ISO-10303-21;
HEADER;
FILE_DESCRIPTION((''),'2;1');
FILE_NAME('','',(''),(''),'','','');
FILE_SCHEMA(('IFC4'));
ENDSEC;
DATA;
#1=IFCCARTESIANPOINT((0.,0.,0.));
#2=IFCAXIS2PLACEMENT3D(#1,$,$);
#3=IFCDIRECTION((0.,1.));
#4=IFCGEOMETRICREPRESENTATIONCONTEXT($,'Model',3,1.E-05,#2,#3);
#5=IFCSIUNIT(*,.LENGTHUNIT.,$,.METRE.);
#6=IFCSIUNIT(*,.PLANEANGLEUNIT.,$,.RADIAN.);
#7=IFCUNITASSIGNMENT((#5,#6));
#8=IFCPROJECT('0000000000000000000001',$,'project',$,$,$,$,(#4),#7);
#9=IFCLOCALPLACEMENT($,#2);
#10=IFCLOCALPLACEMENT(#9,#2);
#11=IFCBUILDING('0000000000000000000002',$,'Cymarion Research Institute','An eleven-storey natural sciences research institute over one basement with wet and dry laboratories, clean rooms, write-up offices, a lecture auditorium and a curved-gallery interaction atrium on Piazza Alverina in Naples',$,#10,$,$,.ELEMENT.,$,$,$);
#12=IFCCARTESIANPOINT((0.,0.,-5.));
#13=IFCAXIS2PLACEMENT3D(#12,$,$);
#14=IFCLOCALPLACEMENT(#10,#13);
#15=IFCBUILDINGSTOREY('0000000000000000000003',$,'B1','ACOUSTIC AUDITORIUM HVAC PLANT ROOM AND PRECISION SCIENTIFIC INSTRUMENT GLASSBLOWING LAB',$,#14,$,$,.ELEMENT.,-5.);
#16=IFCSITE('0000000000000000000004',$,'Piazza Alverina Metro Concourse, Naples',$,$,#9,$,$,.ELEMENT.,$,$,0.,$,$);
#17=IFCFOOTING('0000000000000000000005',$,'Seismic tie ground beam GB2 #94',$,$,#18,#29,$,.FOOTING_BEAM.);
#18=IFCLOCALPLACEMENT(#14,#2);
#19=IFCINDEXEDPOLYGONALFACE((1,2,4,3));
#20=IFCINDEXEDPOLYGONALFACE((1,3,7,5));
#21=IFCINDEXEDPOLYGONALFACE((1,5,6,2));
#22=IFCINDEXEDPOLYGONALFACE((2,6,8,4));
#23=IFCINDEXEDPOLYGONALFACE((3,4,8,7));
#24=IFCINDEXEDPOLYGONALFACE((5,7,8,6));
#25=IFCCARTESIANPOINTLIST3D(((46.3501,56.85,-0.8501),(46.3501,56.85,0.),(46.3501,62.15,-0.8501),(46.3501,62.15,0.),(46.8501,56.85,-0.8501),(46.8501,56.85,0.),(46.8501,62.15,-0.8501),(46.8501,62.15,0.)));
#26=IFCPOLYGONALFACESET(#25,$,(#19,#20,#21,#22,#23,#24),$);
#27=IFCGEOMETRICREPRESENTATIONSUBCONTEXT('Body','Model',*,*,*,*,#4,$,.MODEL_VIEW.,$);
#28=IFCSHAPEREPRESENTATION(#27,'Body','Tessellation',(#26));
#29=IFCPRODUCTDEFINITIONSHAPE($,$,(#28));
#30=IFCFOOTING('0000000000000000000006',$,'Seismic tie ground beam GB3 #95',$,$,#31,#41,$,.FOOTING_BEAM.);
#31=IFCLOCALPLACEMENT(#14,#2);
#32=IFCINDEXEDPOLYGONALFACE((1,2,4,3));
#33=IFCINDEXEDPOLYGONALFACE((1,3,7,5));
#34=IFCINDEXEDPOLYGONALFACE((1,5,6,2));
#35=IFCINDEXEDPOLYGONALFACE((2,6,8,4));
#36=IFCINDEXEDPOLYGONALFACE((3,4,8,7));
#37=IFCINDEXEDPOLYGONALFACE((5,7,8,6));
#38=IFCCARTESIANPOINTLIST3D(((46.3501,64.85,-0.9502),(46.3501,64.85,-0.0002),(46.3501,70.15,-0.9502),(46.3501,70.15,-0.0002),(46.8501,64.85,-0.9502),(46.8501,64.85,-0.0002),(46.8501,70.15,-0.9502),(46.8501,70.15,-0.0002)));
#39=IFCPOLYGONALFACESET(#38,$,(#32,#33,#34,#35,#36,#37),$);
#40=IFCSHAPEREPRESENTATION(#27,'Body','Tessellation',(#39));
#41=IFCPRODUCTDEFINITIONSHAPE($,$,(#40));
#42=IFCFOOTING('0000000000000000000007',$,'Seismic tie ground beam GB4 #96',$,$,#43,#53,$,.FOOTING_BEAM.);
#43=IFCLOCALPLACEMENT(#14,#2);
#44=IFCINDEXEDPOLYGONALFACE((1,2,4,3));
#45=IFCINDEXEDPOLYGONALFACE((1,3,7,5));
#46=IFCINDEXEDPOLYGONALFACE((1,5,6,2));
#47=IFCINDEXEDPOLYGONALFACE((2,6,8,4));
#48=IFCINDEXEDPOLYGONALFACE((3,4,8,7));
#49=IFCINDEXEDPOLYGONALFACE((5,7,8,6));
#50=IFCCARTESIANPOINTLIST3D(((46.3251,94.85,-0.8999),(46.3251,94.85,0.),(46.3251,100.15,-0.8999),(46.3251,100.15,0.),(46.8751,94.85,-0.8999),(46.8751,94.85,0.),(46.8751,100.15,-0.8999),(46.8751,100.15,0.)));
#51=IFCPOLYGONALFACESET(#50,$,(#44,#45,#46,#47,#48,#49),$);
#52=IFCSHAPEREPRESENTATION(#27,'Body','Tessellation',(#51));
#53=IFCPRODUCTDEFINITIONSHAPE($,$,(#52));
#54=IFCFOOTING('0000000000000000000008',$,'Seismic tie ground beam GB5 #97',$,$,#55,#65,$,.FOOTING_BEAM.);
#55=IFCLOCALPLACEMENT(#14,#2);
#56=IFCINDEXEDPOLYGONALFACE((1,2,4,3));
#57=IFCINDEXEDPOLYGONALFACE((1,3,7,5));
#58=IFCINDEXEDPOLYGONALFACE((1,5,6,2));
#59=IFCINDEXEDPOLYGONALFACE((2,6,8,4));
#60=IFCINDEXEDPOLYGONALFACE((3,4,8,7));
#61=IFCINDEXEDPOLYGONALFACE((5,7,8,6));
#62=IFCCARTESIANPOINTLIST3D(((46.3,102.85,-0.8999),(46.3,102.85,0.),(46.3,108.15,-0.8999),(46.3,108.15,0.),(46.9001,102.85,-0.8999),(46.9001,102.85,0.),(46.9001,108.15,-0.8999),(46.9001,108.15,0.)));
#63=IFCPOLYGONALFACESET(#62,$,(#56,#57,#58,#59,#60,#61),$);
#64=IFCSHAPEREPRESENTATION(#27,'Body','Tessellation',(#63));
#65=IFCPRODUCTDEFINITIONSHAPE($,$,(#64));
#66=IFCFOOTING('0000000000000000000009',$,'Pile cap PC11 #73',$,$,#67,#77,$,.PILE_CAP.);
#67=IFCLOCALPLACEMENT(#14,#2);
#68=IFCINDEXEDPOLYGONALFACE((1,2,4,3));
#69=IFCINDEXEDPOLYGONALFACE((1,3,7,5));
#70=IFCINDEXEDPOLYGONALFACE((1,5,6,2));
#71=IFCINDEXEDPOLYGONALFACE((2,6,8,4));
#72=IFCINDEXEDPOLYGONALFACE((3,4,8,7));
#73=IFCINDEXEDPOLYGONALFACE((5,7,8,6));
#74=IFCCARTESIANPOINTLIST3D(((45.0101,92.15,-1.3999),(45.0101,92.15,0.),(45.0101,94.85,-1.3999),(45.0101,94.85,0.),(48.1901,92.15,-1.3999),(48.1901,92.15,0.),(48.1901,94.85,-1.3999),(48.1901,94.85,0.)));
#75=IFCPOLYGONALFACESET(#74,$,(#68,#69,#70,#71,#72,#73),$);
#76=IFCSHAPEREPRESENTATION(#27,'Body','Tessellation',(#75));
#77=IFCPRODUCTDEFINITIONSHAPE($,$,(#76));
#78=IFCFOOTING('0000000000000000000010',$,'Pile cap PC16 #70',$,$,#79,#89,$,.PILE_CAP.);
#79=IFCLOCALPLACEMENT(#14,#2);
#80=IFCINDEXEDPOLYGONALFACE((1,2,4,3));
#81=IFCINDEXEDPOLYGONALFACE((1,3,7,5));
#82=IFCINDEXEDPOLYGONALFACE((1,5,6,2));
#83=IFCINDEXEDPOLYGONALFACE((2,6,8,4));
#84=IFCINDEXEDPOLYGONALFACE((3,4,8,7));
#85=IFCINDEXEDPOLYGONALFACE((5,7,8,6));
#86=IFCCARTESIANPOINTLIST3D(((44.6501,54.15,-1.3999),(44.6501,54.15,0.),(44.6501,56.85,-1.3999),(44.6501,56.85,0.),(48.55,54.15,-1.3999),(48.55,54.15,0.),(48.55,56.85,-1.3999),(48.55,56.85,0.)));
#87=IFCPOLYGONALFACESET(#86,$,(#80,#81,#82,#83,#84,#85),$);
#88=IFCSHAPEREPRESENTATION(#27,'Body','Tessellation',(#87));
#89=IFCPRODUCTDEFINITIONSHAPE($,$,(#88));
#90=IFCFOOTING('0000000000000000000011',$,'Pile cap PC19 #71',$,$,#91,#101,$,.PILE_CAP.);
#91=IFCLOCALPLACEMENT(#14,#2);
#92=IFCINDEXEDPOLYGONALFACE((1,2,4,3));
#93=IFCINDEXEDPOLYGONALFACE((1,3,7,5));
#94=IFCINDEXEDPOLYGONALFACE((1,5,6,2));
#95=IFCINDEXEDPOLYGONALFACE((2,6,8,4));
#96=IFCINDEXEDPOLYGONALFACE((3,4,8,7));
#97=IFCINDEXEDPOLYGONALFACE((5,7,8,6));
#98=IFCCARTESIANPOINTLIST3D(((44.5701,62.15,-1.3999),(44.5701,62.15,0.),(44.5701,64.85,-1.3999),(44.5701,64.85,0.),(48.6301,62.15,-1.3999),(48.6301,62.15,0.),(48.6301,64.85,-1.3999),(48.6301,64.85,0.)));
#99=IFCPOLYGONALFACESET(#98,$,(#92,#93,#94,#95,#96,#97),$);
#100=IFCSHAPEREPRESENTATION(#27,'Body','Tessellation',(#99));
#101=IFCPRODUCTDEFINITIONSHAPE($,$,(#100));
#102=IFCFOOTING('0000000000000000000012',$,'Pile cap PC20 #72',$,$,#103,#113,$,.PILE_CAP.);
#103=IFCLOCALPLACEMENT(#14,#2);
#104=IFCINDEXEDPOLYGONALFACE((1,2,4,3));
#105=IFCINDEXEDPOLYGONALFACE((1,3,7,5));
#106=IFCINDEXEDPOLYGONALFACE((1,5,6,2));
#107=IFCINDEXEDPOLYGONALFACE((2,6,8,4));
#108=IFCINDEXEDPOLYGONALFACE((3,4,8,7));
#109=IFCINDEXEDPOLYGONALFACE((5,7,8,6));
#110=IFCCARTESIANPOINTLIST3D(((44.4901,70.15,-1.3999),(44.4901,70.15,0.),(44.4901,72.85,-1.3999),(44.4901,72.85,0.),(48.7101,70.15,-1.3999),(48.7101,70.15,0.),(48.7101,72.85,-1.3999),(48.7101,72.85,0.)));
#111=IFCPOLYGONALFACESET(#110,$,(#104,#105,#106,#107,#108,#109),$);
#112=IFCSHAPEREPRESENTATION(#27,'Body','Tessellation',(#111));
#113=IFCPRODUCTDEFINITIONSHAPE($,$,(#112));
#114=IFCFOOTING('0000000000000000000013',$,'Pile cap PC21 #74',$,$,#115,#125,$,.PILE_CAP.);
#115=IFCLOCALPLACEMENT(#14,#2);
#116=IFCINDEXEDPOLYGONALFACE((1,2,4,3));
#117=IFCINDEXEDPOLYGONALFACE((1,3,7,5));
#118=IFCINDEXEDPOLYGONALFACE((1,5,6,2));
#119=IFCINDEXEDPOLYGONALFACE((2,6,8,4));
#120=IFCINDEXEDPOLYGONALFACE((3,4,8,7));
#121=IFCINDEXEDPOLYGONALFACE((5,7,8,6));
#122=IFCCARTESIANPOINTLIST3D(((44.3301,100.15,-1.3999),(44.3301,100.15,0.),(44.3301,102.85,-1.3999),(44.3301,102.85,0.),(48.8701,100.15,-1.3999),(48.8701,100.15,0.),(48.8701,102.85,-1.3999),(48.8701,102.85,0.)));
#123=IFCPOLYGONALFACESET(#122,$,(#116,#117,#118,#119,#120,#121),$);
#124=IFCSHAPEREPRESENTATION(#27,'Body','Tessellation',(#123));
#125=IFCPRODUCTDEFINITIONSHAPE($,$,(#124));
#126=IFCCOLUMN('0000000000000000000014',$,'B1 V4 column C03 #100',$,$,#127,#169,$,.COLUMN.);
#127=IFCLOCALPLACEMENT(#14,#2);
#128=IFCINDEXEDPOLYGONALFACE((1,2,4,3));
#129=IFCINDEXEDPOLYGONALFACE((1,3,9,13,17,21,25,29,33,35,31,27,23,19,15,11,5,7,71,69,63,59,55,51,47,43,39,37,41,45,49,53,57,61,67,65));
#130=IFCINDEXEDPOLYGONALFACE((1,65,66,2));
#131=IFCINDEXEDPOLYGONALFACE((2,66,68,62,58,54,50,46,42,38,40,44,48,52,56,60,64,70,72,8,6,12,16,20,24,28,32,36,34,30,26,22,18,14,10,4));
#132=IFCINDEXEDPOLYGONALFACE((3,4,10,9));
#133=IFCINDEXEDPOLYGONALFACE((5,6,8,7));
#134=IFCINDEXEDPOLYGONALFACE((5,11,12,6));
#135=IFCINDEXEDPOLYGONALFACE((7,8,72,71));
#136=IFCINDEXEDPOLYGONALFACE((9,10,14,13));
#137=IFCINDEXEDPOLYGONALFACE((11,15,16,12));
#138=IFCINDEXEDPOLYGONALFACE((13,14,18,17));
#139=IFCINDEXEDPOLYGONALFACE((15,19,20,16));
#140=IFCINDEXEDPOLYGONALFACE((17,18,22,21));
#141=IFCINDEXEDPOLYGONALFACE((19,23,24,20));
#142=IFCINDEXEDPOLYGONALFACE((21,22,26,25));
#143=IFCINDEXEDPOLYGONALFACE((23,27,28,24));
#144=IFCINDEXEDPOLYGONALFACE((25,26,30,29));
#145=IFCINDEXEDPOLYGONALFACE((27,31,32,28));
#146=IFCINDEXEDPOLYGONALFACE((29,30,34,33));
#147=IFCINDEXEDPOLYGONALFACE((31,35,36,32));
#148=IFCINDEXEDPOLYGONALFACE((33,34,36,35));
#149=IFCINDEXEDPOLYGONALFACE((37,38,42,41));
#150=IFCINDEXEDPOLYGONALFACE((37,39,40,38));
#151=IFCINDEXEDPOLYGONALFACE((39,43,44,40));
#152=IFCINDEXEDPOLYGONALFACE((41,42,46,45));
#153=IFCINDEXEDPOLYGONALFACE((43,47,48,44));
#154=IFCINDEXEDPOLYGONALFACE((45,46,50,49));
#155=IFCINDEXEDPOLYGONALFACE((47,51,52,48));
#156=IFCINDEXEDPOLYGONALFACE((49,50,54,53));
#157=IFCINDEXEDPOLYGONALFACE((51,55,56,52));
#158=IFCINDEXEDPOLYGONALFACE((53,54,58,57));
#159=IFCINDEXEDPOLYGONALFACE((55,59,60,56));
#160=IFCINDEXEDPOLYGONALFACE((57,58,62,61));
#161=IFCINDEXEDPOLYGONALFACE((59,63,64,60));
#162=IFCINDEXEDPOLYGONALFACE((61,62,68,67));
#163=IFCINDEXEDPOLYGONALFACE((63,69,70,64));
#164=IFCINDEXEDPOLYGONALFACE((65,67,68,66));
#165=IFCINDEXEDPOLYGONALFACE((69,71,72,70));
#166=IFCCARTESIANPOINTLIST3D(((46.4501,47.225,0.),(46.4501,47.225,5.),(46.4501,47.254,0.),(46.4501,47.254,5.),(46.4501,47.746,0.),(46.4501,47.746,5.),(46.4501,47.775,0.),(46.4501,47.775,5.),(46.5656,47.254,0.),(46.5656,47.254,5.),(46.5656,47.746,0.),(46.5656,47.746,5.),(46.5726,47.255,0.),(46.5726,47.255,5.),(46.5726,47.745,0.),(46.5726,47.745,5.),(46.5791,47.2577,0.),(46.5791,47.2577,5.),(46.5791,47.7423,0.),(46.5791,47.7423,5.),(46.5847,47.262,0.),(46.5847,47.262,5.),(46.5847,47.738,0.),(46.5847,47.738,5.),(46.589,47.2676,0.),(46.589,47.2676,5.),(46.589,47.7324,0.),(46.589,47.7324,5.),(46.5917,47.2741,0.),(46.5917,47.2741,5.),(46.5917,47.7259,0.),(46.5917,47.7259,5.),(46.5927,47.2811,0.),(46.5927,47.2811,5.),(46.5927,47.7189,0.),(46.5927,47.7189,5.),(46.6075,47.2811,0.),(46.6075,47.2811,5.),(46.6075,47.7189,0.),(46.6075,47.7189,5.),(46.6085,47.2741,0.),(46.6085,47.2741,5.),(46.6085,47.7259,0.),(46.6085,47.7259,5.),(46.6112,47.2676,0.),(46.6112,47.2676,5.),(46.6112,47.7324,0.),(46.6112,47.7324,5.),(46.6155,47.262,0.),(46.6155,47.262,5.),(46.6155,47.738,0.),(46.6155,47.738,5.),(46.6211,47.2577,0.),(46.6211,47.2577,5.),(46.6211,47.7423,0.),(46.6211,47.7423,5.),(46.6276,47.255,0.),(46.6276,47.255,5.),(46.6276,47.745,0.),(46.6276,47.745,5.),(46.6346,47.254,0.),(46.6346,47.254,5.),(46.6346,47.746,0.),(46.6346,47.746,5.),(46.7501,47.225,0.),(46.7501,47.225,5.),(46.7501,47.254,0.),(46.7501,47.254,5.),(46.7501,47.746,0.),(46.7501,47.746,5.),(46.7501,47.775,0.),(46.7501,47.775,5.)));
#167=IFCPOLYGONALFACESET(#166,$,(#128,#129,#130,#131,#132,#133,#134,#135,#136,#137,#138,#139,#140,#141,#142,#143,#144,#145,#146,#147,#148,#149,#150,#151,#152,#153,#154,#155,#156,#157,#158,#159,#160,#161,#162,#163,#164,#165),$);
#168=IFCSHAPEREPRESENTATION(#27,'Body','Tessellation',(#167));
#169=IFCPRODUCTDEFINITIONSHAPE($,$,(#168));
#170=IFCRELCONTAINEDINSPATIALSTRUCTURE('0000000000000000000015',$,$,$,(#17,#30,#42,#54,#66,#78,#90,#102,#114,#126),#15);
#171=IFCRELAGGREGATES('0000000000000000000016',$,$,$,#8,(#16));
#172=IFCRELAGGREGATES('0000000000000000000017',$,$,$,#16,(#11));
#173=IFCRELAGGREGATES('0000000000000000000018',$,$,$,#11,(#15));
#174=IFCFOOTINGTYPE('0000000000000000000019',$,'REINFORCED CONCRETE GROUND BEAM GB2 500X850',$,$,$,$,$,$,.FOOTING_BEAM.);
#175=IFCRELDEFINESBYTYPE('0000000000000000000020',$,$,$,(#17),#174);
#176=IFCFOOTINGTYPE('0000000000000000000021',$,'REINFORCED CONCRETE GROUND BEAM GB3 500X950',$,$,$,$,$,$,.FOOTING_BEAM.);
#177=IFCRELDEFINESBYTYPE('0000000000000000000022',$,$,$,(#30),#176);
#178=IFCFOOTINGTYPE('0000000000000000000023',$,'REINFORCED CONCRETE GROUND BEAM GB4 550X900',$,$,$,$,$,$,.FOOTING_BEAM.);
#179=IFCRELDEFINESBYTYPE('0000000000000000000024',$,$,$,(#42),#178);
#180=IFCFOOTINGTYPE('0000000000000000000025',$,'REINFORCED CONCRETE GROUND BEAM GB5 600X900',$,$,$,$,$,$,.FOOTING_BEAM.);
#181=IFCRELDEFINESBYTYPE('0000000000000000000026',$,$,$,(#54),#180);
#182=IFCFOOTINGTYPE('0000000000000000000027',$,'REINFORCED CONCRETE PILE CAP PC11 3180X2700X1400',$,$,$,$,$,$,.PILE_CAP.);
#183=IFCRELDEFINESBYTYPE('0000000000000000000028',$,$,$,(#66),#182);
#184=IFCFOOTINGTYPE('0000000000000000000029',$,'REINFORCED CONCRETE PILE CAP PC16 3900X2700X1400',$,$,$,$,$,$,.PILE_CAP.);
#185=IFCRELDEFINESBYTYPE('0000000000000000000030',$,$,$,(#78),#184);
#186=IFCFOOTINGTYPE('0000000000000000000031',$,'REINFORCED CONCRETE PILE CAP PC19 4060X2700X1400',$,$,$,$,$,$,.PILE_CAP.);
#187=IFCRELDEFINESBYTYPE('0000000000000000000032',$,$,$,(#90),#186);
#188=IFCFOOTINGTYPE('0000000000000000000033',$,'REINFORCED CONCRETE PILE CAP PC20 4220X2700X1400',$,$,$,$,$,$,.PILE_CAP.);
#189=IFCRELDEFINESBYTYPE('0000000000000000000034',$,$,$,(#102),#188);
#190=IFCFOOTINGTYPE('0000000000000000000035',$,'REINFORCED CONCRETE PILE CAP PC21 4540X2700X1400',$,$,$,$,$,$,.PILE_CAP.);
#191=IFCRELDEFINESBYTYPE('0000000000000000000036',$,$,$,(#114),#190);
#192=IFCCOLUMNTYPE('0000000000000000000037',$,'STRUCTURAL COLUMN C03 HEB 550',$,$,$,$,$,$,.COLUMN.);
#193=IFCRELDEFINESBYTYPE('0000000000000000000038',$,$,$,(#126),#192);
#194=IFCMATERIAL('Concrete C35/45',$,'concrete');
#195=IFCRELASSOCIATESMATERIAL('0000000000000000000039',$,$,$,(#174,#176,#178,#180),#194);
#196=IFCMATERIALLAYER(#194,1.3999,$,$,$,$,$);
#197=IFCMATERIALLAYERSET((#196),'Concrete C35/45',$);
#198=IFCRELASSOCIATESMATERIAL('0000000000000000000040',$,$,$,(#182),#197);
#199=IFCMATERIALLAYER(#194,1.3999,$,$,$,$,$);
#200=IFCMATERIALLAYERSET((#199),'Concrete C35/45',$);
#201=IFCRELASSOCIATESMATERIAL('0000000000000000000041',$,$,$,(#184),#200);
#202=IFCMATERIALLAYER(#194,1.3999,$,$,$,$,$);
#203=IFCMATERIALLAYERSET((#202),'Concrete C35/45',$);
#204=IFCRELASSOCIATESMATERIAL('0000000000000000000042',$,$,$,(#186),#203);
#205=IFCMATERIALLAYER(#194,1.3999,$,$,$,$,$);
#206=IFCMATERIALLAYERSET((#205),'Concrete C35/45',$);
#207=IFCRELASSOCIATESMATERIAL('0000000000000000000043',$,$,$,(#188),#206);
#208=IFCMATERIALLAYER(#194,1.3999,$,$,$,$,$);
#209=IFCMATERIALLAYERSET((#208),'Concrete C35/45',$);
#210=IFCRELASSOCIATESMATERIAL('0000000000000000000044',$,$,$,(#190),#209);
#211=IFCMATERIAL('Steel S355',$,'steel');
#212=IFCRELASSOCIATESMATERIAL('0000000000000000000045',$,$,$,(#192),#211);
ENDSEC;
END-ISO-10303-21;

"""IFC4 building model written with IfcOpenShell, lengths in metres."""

from ifc_helpers import new_model, si_unit, direction, frame, origin, origin_2d, place, context, subcontext, project, spatial, rectangle, i_section, extrude, material, layer, layer_set, material_profile, profile_set, type_object, element, save


model = new_model("IFC4")

# Units and contexts
model_context = context("Model", 3, precision=1e-05, world=origin(), true_north=direction((0.0, 1.0)))
body_context = subcontext(model_context, "Body", "Model", "MODEL_VIEW")
ifc_project = project(units=[si_unit("LENGTHUNIT", "METRE"), si_unit("PLANEANGLEUNIT", "RADIAN")], contexts=[model_context])

# Site, building, storey
site_placement = place(None, origin())
site = spatial("IfcSite", under=ifc_project, at=site_placement, Name="Piazza Alverina Metro Concourse, Naples", CompositionType="ELEMENT", RefElevation=0.0)
building_placement = place(site_placement, origin())
building = spatial("IfcBuilding", under=site, at=building_placement, Name="Cymarion Research Institute", Description="An eleven-storey natural sciences research institute over one basement with wet and dry laboratories, clean rooms, write-up offices, a lecture auditorium and a curved-gallery interaction atrium on Piazza Alverina in Naples", CompositionType="ELEMENT")
storey_placement = place(building_placement, frame((0.0, 0.0, -5.0)))
storey = spatial("IfcBuildingStorey", under=building, at=storey_placement, Name="B1", Description="ACOUSTIC AUDITORIUM HVAC PLANT ROOM AND PRECISION SCIENTIFIC INSTRUMENT GLASSBLOWING LAB", CompositionType="ELEMENT", Elevation=-5.0)

# Shared definitions
ifc_material_1 = material(Name="Concrete C35/45", Category="concrete")

# Footings
footing_type_1 = type_object("IfcFootingType", Name="REINFORCED CONCRETE GROUND BEAM GB2 500X850", PredefinedType="FOOTING_BEAM", material=ifc_material_1)
footing_1_placement = place(storey_placement, frame((46.6001, 59.5, -0.8501), z_axis=(0.0, 0.0, 1.0), x_axis=(0.0, 1.0, 0.0)))
element("IfcFooting", 1, at=footing_1_placement, inside=storey, type_object=footing_type_1, Name="Seismic tie ground beam GB2 #94", PredefinedType="FOOTING_BEAM", context=body_context, shape_type="SweptSolid", body=[
    extrude(rectangle(XDim=5.3, YDim=0.5, at=origin_2d()), origin(), (0.0, 0.0, 1.0), 0.8501),
])
footing_type_2 = type_object("IfcFootingType", Name="REINFORCED CONCRETE GROUND BEAM GB3 500X950", PredefinedType="FOOTING_BEAM", material=ifc_material_1)
footing_2_placement = place(storey_placement, frame((46.6001, 67.5, -0.9502), z_axis=(0.0, 0.0, 1.0), x_axis=(0.0, 1.0, 0.0)))
element("IfcFooting", 2, at=footing_2_placement, inside=storey, type_object=footing_type_2, Name="Seismic tie ground beam GB3 #95", PredefinedType="FOOTING_BEAM", context=body_context, shape_type="SweptSolid", body=[
    extrude(rectangle(XDim=5.3, YDim=0.5, at=origin_2d()), origin(), (0.0, 0.0, 1.0), 0.95),
])
footing_type_3 = type_object("IfcFootingType", Name="REINFORCED CONCRETE GROUND BEAM GB4 550X900", PredefinedType="FOOTING_BEAM", material=ifc_material_1)
footing_3_placement = place(storey_placement, frame((46.6001, 97.5, -0.8999), z_axis=(0.0, 0.0, 1.0), x_axis=(0.0, 1.0, 0.0)))
element("IfcFooting", 3, at=footing_3_placement, inside=storey, type_object=footing_type_3, Name="Seismic tie ground beam GB4 #96", PredefinedType="FOOTING_BEAM", context=body_context, shape_type="SweptSolid", body=[
    extrude(rectangle(XDim=5.3, YDim=0.55, at=origin_2d()), origin(), (0.0, 0.0, 1.0), 0.8999),
])
footing_type_4 = type_object("IfcFootingType", Name="REINFORCED CONCRETE GROUND BEAM GB5 600X900", PredefinedType="FOOTING_BEAM", material=ifc_material_1)
footing_4_placement = place(storey_placement, frame((46.6001, 105.5, -0.8999), z_axis=(0.0, 0.0, 1.0), x_axis=(0.0, 1.0, 0.0)))
element("IfcFooting", 4, at=footing_4_placement, inside=storey, type_object=footing_type_4, Name="Seismic tie ground beam GB5 #97", PredefinedType="FOOTING_BEAM", context=body_context, shape_type="SweptSolid", body=[
    extrude(rectangle(XDim=5.3, YDim=0.6001, at=origin_2d()), origin(), (0.0, 0.0, 1.0), 0.8999),
])
ifc_layer_1 = layer(ifc_material_1, 1.3999)
ifc_layer_set_1 = layer_set([ifc_layer_1], Name="Concrete C35/45")
footing_type_5 = type_object("IfcFootingType", Name="REINFORCED CONCRETE PILE CAP PC11 3180X2700X1400", PredefinedType="PILE_CAP", material=ifc_layer_set_1)
footing_5_placement = place(storey_placement, frame((46.6001, 93.5, -1.3999), z_axis=(0.0, 0.0, 1.0), x_axis=(1.0, 0.0, 0.0)))
element("IfcFooting", 5, at=footing_5_placement, inside=storey, type_object=footing_type_5, Name="Pile cap PC11 #73", PredefinedType="PILE_CAP", context=body_context, shape_type="SweptSolid", body=[
    extrude(rectangle(XDim=3.1799, YDim=2.7, at=origin_2d()), origin(), (0.0, 0.0, 1.0), 1.3999),
])
ifc_layer_2 = layer(ifc_material_1, 1.3999)
ifc_layer_set_2 = layer_set([ifc_layer_2], Name="Concrete C35/45")
footing_type_6 = type_object("IfcFootingType", Name="REINFORCED CONCRETE PILE CAP PC16 3900X2700X1400", PredefinedType="PILE_CAP", material=ifc_layer_set_2)
footing_6_placement = place(storey_placement, frame((46.6001, 55.5, -1.3999), z_axis=(0.0, 0.0, 1.0), x_axis=(1.0, 0.0, 0.0)))
element("IfcFooting", 6, at=footing_6_placement, inside=storey, type_object=footing_type_6, Name="Pile cap PC16 #70", PredefinedType="PILE_CAP", context=body_context, shape_type="SweptSolid", body=[
    extrude(rectangle(XDim=3.8999, YDim=2.7, at=origin_2d()), origin(), (0.0, 0.0, 1.0), 1.3999),
])
ifc_layer_3 = layer(ifc_material_1, 1.3999)
ifc_layer_set_3 = layer_set([ifc_layer_3], Name="Concrete C35/45")
footing_type_7 = type_object("IfcFootingType", Name="REINFORCED CONCRETE PILE CAP PC19 4060X2700X1400", PredefinedType="PILE_CAP", material=ifc_layer_set_3)
footing_7_placement = place(storey_placement, frame((46.6001, 63.5, -1.3999), z_axis=(0.0, 0.0, 1.0), x_axis=(1.0, 0.0, 0.0)))
element("IfcFooting", 7, at=footing_7_placement, inside=storey, type_object=footing_type_7, Name="Pile cap PC19 #71", PredefinedType="PILE_CAP", context=body_context, shape_type="SweptSolid", body=[
    extrude(rectangle(XDim=4.0601, YDim=2.7, at=origin_2d()), origin(), (0.0, 0.0, 1.0), 1.3999),
])
ifc_layer_4 = layer(ifc_material_1, 1.3999)
ifc_layer_set_4 = layer_set([ifc_layer_4], Name="Concrete C35/45")
footing_type_8 = type_object("IfcFootingType", Name="REINFORCED CONCRETE PILE CAP PC20 4220X2700X1400", PredefinedType="PILE_CAP", material=ifc_layer_set_4)
footing_8_placement = place(storey_placement, frame((46.6001, 71.5, -1.3999), z_axis=(0.0, 0.0, 1.0), x_axis=(1.0, 0.0, 0.0)))
element("IfcFooting", 8, at=footing_8_placement, inside=storey, type_object=footing_type_8, Name="Pile cap PC20 #72", PredefinedType="PILE_CAP", context=body_context, shape_type="SweptSolid", body=[
    extrude(rectangle(XDim=4.22, YDim=2.7, at=origin_2d()), origin(), (0.0, 0.0, 1.0), 1.3999),
])
ifc_layer_5 = layer(ifc_material_1, 1.3999)
ifc_layer_set_5 = layer_set([ifc_layer_5], Name="Concrete C35/45")
footing_type_9 = type_object("IfcFootingType", Name="REINFORCED CONCRETE PILE CAP PC21 4540X2700X1400", PredefinedType="PILE_CAP", material=ifc_layer_set_5)
footing_9_placement = place(storey_placement, frame((46.6001, 101.5, -1.3999), z_axis=(0.0, 0.0, 1.0), x_axis=(1.0, 0.0, 0.0)))
element("IfcFooting", 9, at=footing_9_placement, inside=storey, type_object=footing_type_9, Name="Pile cap PC21 #74", PredefinedType="PILE_CAP", context=body_context, shape_type="SweptSolid", body=[
    extrude(rectangle(XDim=4.54, YDim=2.7, at=origin_2d()), origin(), (0.0, 0.0, 1.0), 1.3999),
])

# Column
ifc_material_2 = material(Name="Steel S355", Category="steel")
ifc_material_profile_1 = material_profile(ifc_material_2, i_section(OverallWidth=0.3, OverallDepth=0.55, WebThickness=0.0149, FlangeThickness=0.0291, FilletRadius=0.0271, at=origin_2d()), Name="HEB 550")
ifc_profile_set_1 = profile_set([ifc_material_profile_1], Name="Steel S355")
column_type_1 = type_object("IfcColumnType", Name="STRUCTURAL COLUMN C03 HEB 550", PredefinedType="COLUMN", material=ifc_profile_set_1)
for number, where, z_axis, x_axis, name in (
    (10, (46.6001, 47.5, 0.0), (0.0, 0.0, 1.0), (1.0, 0.0, 0.0), "B1 V4 column C03 #100"),
):
    element("IfcColumn", number, at=place(storey_placement, frame(where, z_axis=z_axis, x_axis=x_axis)), inside=storey, type_object=column_type_1, Name=name, PredefinedType="COLUMN", context=body_context, shape_type="SweptSolid", body=[
        extrude(i_section(OverallWidth=0.3, OverallDepth=0.55, WebThickness=0.0149, FlangeThickness=0.0291, FilletRadius=0.0271, at=origin_2d()), origin(), (0.0, 0.0, 1.0), 5.0),
    ])

save(model, "model.ifc")
